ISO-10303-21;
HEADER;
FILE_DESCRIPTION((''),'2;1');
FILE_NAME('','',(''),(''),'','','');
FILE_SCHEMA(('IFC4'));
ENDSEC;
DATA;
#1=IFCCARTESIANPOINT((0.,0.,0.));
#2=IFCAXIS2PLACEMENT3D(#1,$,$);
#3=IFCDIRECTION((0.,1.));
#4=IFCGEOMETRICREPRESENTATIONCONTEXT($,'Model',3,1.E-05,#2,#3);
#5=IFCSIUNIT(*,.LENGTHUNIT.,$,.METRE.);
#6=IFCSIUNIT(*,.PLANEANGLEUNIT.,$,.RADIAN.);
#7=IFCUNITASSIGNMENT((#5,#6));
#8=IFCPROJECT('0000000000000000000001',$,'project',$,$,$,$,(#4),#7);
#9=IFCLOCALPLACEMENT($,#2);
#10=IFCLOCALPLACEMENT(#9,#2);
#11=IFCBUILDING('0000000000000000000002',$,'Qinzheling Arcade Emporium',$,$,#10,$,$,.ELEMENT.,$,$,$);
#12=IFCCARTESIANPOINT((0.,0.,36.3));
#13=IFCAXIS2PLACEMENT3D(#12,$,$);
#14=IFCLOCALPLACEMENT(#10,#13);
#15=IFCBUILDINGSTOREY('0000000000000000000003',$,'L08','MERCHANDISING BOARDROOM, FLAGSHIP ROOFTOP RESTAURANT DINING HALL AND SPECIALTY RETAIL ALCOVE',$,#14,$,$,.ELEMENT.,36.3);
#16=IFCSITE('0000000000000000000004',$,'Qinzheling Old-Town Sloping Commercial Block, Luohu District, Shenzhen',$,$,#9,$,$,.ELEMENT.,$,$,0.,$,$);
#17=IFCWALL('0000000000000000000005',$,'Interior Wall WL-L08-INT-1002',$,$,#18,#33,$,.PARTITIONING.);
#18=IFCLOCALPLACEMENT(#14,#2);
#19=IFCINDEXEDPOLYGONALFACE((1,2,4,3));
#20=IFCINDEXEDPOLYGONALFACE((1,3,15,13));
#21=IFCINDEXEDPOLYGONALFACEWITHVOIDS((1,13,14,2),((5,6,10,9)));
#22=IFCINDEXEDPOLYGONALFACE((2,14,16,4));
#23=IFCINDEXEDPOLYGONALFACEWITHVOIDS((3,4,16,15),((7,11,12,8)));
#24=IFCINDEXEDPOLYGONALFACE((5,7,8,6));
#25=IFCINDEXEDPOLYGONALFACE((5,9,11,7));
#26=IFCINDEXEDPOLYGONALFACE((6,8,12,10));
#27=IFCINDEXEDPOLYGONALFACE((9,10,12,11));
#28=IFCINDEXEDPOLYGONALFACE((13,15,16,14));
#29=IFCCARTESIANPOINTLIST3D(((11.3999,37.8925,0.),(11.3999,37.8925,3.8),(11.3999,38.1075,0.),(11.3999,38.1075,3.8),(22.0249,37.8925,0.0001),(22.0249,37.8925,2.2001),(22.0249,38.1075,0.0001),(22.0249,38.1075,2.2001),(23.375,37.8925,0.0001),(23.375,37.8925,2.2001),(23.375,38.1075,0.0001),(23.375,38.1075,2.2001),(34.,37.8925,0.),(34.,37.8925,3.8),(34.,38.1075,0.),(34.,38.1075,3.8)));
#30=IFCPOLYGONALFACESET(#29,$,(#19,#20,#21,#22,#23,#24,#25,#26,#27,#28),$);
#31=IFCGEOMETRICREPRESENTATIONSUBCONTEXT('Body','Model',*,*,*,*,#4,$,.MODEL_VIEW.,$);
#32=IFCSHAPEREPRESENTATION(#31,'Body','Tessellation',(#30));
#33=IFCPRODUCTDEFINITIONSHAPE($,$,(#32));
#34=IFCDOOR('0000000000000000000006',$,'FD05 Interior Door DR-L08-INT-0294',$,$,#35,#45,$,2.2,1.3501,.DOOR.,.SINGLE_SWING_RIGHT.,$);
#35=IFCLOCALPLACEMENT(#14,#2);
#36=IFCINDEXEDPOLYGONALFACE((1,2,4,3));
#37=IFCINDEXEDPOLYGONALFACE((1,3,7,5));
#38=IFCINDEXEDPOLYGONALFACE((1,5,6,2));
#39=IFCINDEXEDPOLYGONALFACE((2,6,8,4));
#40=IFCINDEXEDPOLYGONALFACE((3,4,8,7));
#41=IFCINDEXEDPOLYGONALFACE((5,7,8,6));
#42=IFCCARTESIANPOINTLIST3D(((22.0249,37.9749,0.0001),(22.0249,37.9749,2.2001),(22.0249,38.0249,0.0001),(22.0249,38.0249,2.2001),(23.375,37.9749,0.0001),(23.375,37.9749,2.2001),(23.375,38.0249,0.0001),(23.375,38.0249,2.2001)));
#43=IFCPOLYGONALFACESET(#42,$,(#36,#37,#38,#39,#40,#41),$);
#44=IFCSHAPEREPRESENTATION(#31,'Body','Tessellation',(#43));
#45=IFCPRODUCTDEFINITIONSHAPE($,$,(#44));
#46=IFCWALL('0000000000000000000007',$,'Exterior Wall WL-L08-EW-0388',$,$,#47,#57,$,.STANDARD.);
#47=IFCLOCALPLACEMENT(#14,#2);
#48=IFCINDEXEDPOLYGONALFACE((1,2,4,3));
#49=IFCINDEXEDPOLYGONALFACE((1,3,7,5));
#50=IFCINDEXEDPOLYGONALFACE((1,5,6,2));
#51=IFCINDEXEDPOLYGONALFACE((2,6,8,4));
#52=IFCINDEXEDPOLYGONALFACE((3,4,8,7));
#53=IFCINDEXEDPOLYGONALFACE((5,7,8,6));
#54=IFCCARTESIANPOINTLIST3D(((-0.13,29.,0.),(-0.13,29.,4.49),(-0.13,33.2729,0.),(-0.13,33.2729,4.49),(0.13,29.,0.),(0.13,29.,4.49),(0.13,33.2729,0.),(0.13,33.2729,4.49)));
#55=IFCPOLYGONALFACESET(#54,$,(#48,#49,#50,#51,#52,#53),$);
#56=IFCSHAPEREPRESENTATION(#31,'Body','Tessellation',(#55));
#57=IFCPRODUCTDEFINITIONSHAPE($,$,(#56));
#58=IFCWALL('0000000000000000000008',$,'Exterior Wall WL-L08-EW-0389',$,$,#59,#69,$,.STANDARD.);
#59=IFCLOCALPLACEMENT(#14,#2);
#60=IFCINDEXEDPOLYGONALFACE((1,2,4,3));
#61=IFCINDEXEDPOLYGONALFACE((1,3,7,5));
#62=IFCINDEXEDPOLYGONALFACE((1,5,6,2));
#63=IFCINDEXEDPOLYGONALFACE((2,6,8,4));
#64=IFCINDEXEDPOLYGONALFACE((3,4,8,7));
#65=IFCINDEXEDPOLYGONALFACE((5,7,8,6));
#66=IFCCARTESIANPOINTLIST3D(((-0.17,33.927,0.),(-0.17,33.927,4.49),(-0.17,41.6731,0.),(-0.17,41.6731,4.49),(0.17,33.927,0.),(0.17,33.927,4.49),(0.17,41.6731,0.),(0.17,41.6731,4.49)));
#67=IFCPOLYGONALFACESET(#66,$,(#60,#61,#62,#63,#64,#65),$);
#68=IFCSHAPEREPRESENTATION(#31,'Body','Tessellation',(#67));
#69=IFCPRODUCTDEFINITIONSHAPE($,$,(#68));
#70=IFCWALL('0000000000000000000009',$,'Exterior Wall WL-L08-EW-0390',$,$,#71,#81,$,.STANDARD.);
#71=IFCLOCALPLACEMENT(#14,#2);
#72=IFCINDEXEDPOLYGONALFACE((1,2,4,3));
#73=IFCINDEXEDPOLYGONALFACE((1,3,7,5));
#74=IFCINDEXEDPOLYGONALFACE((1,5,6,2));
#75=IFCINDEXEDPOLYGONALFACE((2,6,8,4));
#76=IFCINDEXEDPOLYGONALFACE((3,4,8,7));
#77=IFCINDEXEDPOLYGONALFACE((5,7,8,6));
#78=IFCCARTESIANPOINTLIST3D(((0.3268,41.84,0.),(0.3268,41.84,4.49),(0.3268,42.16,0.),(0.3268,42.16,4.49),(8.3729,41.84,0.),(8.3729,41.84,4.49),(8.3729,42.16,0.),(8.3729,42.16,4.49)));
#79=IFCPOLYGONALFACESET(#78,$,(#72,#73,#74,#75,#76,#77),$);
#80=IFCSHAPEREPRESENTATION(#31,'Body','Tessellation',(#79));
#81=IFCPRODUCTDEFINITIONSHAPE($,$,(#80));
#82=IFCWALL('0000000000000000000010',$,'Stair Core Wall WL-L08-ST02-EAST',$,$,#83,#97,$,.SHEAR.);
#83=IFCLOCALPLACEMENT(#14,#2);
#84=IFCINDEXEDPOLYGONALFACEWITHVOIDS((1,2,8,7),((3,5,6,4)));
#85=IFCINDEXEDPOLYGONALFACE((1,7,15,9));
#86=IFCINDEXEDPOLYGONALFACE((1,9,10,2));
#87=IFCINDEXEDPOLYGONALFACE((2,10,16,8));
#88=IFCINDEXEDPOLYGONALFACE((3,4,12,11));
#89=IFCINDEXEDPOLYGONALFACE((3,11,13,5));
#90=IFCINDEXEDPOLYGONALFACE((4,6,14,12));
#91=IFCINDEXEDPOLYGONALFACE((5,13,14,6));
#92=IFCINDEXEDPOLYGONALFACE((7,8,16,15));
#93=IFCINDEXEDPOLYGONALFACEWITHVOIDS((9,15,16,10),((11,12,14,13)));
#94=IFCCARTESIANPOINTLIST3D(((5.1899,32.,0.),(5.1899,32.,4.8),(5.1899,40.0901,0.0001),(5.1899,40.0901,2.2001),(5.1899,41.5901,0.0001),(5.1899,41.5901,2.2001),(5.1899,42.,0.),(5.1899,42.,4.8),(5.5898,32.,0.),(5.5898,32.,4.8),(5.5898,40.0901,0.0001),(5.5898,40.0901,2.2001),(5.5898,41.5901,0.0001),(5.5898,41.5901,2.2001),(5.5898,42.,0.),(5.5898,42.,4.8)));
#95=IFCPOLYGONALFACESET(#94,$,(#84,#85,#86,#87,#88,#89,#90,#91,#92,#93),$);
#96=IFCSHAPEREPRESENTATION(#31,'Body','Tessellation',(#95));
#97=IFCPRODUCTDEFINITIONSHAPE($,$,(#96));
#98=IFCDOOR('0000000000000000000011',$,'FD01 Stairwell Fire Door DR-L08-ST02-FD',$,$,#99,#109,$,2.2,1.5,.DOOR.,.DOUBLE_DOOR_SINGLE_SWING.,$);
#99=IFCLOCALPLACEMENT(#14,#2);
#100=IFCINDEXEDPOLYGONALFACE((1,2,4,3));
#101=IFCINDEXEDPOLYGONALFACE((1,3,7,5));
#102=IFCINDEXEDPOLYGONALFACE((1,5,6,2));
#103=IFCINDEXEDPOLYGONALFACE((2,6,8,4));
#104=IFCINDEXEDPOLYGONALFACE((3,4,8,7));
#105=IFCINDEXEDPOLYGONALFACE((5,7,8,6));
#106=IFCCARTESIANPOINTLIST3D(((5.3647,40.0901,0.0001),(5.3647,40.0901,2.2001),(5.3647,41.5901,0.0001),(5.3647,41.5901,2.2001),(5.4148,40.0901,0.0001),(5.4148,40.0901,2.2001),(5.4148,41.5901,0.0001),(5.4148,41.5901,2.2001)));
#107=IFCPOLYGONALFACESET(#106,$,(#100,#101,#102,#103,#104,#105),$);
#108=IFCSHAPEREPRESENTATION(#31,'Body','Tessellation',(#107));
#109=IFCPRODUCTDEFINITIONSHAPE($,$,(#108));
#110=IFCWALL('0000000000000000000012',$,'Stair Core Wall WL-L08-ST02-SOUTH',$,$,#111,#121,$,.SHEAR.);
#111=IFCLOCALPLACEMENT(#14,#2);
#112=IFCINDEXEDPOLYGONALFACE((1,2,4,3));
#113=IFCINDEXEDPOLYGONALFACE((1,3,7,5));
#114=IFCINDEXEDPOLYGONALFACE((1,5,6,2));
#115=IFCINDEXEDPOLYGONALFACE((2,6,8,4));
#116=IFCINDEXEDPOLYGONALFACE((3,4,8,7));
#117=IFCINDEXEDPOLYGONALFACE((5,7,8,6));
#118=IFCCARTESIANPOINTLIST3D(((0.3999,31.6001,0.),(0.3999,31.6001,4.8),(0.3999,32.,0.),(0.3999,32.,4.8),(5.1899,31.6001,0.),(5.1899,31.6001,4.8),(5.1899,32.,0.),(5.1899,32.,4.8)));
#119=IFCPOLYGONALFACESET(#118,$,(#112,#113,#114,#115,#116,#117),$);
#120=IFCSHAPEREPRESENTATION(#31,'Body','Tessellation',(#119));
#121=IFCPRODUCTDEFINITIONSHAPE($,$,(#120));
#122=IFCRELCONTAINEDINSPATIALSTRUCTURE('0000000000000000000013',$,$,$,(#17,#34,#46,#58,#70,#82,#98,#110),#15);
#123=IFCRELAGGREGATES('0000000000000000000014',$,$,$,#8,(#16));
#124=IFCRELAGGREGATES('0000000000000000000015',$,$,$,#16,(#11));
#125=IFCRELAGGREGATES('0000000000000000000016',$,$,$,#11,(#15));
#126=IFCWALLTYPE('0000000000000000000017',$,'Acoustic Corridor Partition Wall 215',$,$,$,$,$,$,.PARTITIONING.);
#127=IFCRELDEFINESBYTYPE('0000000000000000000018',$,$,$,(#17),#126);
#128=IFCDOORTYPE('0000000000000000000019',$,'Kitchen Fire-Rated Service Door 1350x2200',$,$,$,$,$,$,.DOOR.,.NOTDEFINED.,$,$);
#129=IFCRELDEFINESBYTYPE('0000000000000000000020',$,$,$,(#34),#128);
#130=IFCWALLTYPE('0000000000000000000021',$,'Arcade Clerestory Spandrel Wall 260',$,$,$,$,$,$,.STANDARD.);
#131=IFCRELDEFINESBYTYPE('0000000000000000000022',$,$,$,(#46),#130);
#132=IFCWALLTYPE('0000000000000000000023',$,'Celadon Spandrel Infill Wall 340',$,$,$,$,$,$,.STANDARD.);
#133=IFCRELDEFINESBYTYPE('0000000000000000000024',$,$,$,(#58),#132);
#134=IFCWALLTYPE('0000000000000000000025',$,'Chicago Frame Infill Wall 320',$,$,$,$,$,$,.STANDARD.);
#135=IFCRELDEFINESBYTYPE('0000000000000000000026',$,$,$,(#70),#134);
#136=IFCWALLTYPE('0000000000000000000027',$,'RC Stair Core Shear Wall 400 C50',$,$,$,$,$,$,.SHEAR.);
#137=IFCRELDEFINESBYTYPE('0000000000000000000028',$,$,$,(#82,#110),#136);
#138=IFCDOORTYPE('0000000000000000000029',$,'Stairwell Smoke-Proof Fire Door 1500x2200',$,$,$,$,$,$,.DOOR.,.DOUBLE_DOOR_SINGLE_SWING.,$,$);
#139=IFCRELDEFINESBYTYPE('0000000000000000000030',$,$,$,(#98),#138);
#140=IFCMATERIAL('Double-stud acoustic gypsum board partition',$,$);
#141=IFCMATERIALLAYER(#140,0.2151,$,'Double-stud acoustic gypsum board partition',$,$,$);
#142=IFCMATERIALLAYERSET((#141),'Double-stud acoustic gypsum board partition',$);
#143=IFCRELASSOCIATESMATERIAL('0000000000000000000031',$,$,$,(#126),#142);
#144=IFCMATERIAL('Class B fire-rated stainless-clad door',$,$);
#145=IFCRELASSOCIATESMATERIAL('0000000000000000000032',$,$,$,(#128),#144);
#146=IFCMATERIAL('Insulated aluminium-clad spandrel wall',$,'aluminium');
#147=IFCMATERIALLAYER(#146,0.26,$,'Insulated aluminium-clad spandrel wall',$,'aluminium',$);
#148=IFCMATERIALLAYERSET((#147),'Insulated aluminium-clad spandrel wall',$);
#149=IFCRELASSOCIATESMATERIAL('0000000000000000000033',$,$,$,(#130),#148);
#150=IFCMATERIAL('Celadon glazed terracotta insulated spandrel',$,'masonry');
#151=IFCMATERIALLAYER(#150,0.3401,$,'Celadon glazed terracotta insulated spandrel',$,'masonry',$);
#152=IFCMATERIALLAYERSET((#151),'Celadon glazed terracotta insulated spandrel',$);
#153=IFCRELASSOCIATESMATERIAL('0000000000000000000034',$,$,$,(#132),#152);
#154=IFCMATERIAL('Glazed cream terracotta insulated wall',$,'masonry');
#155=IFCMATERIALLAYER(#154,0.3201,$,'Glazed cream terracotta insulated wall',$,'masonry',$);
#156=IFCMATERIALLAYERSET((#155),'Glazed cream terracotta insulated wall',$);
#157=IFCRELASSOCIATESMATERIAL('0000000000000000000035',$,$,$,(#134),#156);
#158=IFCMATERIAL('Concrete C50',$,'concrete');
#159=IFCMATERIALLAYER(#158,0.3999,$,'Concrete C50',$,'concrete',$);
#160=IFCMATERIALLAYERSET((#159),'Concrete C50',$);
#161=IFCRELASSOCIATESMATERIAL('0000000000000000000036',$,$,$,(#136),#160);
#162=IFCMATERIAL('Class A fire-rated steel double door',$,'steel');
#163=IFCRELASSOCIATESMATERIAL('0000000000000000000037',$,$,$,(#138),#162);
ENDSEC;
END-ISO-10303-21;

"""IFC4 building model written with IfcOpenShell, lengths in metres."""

from ifc_helpers import new_model, si_unit, direction, frame, frame_2d, origin, place, context, subcontext, project, spatial, rectangle, extrude, material, layer, layer_set, type_object, element, fill, save


model = new_model("IFC4")

# Units and contexts
model_context = context("Model", 3, precision=1e-05, world=origin(), true_north=direction((0.0, 1.0)))
body_context = subcontext(model_context, "Body", "Model", "MODEL_VIEW")
ifc_project = project(units=[si_unit("LENGTHUNIT", "METRE"), si_unit("PLANEANGLEUNIT", "RADIAN")], contexts=[model_context])

# Site, building, storey
site_placement = place(None, origin())
site = spatial("IfcSite", under=ifc_project, at=site_placement, Name="Qinzheling Old-Town Sloping Commercial Block, Luohu District, Shenzhen", CompositionType="ELEMENT", RefElevation=0.0)
building_placement = place(site_placement, origin())
building = spatial("IfcBuilding", under=site, at=building_placement, Name="Qinzheling Arcade Emporium", CompositionType="ELEMENT")
storey_placement = place(building_placement, frame((0.0, 0.0, 36.3)))
storey = spatial("IfcBuildingStorey", under=building, at=storey_placement, Name="L08", Description="MERCHANDISING BOARDROOM, FLAGSHIP ROOFTOP RESTAURANT DINING HALL AND SPECIALTY RETAIL ALCOVE", CompositionType="ELEMENT", Elevation=36.3)

# Wall, opening, door
ifc_material_1 = material(Name="Double-stud acoustic gypsum board partition")
ifc_layer_1 = layer(ifc_material_1, 0.2151, Name="Double-stud acoustic gypsum board partition")
ifc_layer_set_1 = layer_set([ifc_layer_1], Name="Double-stud acoustic gypsum board partition")
wall_type_1 = type_object("IfcWallType", Name="Acoustic Corridor Partition Wall 215", PredefinedType="PARTITIONING", material=ifc_layer_set_1)
wall_1_placement = place(storey_placement, frame((11.3999, 38.0, 0.0), z_axis=(0.0, 0.0, 1.0), x_axis=(1.0, 0.0, 0.0)))
wall_1 = element("IfcWall", 1, at=wall_1_placement, inside=storey, type_object=wall_type_1, Name="Interior Wall WL-L08-INT-1002", PredefinedType="PARTITIONING", context=body_context, shape_type="SweptSolid", body=[
    extrude(rectangle(XDim=22.6001, YDim=0.2151, at=frame_2d((11.3, 0.0))), origin(), (0.0, 0.0, 1.0), 3.8),
])
opening_1_placement = place(wall_1_placement, frame((10.625, 0.0, 0.0)))
opening_1 = element("IfcOpeningElement", 2, at=opening_1_placement, cuts=wall_1, PredefinedType="OPENING", context=body_context, shape_type="SweptSolid", body=[
    extrude(rectangle(XDim=1.3501, YDim=2.2, at=frame_2d((0.675, 1.1001))), frame((0.0, 0.1177, 0.0), z_axis=(0.0, -1.0, 0.0), x_axis=(1.0, 0.0, 0.0)), (0.0, 0.0, 1.0), 0.2351),
])
ifc_material_2 = material(Name="Class B fire-rated stainless-clad door")
door_type_1 = type_object("IfcDoorType", Name="Kitchen Fire-Rated Service Door 1350x2200", OperationType="NOTDEFINED", PredefinedType="DOOR", material=ifc_material_2)
door_1_placement = place(opening_1_placement, origin())
door_1 = element("IfcDoor", 3, at=door_1_placement, inside=storey, type_object=door_type_1, Name="FD05 Interior Door DR-L08-INT-0294", OperationType="SINGLE_SWING_RIGHT", OverallHeight=2.2, OverallWidth=1.3501, PredefinedType="DOOR", context=body_context, shape_type="SweptSolid", body=[
    extrude(rectangle(XDim=1.3501, YDim=2.2, at=frame_2d((0.675, 1.1001))), frame((0.0, 0.0249, 0.0), z_axis=(0.0, -1.0, 0.0), x_axis=(1.0, 0.0, 0.0)), (0.0, 0.0, 1.0), 0.05),
])
fill(opening_1, door_1)

# Walls
ifc_material_3 = material(Name="Insulated aluminium-clad spandrel wall", Category="aluminium")
ifc_layer_2 = layer(ifc_material_3, 0.26, Name="Insulated aluminium-clad spandrel wall", Category="aluminium")
ifc_layer_set_2 = layer_set([ifc_layer_2], Name="Insulated aluminium-clad spandrel wall")
wall_type_2 = type_object("IfcWallType", Name="Arcade Clerestory Spandrel Wall 260", PredefinedType="STANDARD", material=ifc_layer_set_2)
wall_2_placement = place(storey_placement, frame((0.0, 29.0, 0.0), z_axis=(0.0, 0.0, 1.0), x_axis=(0.0, 1.0, 0.0)))
element("IfcWall", 4, at=wall_2_placement, inside=storey, type_object=wall_type_2, Name="Exterior Wall WL-L08-EW-0388", PredefinedType="STANDARD", context=body_context, shape_type="SweptSolid", body=[
    extrude(rectangle(XDim=4.2729, YDim=0.26, at=frame_2d((2.1365, 0.0))), origin(), (0.0, 0.0, 1.0), 4.49),
])
ifc_material_4 = material(Name="Celadon glazed terracotta insulated spandrel", Category="masonry")
ifc_layer_3 = layer(ifc_material_4, 0.3401, Name="Celadon glazed terracotta insulated spandrel", Category="masonry")
ifc_layer_set_3 = layer_set([ifc_layer_3], Name="Celadon glazed terracotta insulated spandrel")
wall_type_3 = type_object("IfcWallType", Name="Celadon Spandrel Infill Wall 340", PredefinedType="STANDARD", material=ifc_layer_set_3)
wall_3_placement = place(storey_placement, frame((0.0, 33.927, 0.0), z_axis=(0.0, 0.0, 1.0), x_axis=(0.0, 1.0, 0.0)))
element("IfcWall", 5, at=wall_3_placement, inside=storey, type_object=wall_type_3, Name="Exterior Wall WL-L08-EW-0389", PredefinedType="STANDARD", context=body_context, shape_type="SweptSolid", body=[
    extrude(rectangle(XDim=7.7461, YDim=0.3401, at=frame_2d((3.873, 0.0))), origin(), (0.0, 0.0, 1.0), 4.49),
])
ifc_material_5 = material(Name="Glazed cream terracotta insulated wall", Category="masonry")
ifc_layer_4 = layer(ifc_material_5, 0.3201, Name="Glazed cream terracotta insulated wall", Category="masonry")
ifc_layer_set_4 = layer_set([ifc_layer_4], Name="Glazed cream terracotta insulated wall")
wall_type_4 = type_object("IfcWallType", Name="Chicago Frame Infill Wall 320", PredefinedType="STANDARD", material=ifc_layer_set_4)
wall_4_placement = place(storey_placement, frame((0.3269, 42.0, 0.0), z_axis=(0.0, 0.0, 1.0), x_axis=(1.0, 0.0, 0.0)))
element("IfcWall", 6, at=wall_4_placement, inside=storey, type_object=wall_type_4, Name="Exterior Wall WL-L08-EW-0390", PredefinedType="STANDARD", context=body_context, shape_type="SweptSolid", body=[
    extrude(rectangle(XDim=8.0461, YDim=0.3201, at=frame_2d((4.0229, 0.0))), origin(), (0.0, 0.0, 1.0), 4.49),
])

# Wall, opening, door
ifc_material_6 = material(Name="Concrete C50", Category="concrete")
ifc_layer_5 = layer(ifc_material_6, 0.3999, Name="Concrete C50", Category="concrete")
ifc_layer_set_5 = layer_set([ifc_layer_5], Name="Concrete C50")
wall_type_5 = type_object("IfcWallType", Name="RC Stair Core Shear Wall 400 C50", PredefinedType="SHEAR", material=ifc_layer_set_5)
wall_5_placement = place(storey_placement, frame((5.3899, 42.0, 0.0), z_axis=(0.0, 0.0, 1.0), x_axis=(0.0, -1.0, 0.0)))
wall_5 = element("IfcWall", 7, at=wall_5_placement, inside=storey, type_object=wall_type_5, Name="Stair Core Wall WL-L08-ST02-EAST", PredefinedType="SHEAR", context=body_context, shape_type="SweptSolid", body=[
    extrude(rectangle(XDim=10.0, YDim=0.3999, at=frame_2d((5.0, 0.0))), origin(), (0.0, 0.0, 1.0), 4.8),
])
opening_2_placement = place(wall_5_placement, frame((0.4099, 0.0, 0.0)))
opening_2 = element("IfcOpeningElement", 8, at=opening_2_placement, cuts=wall_5, PredefinedType="OPENING", context=body_context, shape_type="SweptSolid", body=[
    extrude(rectangle(XDim=1.5, YDim=2.2, at=frame_2d((0.75, 1.1001))), frame((0.0, 0.21, 0.0), z_axis=(0.0, -1.0, 0.0), x_axis=(1.0, 0.0, 0.0)), (0.0, 0.0, 1.0), 0.4199),
])
ifc_material_7 = material(Name="Class A fire-rated steel double door", Category="steel")
door_type_2 = type_object("IfcDoorType", Name="Stairwell Smoke-Proof Fire Door 1500x2200", OperationType="DOUBLE_DOOR_SINGLE_SWING", PredefinedType="DOOR", material=ifc_material_7)
door_2_placement = place(opening_2_placement, origin())
door_2 = element("IfcDoor", 9, at=door_2_placement, inside=storey, type_object=door_type_2, Name="FD01 Stairwell Fire Door DR-L08-ST02-FD", OperationType="DOUBLE_DOOR_SINGLE_SWING", OverallHeight=2.2, OverallWidth=1.5, PredefinedType="DOOR", context=body_context, shape_type="SweptSolid", body=[
    extrude(rectangle(XDim=1.5, YDim=2.2, at=frame_2d((0.75, 1.1001))), frame((0.0, 0.0249, 0.0), z_axis=(0.0, -1.0, 0.0), x_axis=(1.0, 0.0, 0.0)), (0.0, 0.0, 1.0), 0.05),
])
fill(opening_2, door_2)

# Wall
wall_6_placement = place(storey_placement, frame((5.1899, 31.8, 0.0), z_axis=(0.0, 0.0, 1.0), x_axis=(-1.0, 0.0, 0.0)))
element("IfcWall", 10, at=wall_6_placement, inside=storey, type_object=wall_type_5, Name="Stair Core Wall WL-L08-ST02-SOUTH", PredefinedType="SHEAR", context=body_context, shape_type="SweptSolid", body=[
    extrude(rectangle(XDim=4.79, YDim=0.3999, at=frame_2d((2.395, 0.0))), origin(), (0.0, 0.0, 1.0), 4.8),
])

save(model, "model.ifc")
